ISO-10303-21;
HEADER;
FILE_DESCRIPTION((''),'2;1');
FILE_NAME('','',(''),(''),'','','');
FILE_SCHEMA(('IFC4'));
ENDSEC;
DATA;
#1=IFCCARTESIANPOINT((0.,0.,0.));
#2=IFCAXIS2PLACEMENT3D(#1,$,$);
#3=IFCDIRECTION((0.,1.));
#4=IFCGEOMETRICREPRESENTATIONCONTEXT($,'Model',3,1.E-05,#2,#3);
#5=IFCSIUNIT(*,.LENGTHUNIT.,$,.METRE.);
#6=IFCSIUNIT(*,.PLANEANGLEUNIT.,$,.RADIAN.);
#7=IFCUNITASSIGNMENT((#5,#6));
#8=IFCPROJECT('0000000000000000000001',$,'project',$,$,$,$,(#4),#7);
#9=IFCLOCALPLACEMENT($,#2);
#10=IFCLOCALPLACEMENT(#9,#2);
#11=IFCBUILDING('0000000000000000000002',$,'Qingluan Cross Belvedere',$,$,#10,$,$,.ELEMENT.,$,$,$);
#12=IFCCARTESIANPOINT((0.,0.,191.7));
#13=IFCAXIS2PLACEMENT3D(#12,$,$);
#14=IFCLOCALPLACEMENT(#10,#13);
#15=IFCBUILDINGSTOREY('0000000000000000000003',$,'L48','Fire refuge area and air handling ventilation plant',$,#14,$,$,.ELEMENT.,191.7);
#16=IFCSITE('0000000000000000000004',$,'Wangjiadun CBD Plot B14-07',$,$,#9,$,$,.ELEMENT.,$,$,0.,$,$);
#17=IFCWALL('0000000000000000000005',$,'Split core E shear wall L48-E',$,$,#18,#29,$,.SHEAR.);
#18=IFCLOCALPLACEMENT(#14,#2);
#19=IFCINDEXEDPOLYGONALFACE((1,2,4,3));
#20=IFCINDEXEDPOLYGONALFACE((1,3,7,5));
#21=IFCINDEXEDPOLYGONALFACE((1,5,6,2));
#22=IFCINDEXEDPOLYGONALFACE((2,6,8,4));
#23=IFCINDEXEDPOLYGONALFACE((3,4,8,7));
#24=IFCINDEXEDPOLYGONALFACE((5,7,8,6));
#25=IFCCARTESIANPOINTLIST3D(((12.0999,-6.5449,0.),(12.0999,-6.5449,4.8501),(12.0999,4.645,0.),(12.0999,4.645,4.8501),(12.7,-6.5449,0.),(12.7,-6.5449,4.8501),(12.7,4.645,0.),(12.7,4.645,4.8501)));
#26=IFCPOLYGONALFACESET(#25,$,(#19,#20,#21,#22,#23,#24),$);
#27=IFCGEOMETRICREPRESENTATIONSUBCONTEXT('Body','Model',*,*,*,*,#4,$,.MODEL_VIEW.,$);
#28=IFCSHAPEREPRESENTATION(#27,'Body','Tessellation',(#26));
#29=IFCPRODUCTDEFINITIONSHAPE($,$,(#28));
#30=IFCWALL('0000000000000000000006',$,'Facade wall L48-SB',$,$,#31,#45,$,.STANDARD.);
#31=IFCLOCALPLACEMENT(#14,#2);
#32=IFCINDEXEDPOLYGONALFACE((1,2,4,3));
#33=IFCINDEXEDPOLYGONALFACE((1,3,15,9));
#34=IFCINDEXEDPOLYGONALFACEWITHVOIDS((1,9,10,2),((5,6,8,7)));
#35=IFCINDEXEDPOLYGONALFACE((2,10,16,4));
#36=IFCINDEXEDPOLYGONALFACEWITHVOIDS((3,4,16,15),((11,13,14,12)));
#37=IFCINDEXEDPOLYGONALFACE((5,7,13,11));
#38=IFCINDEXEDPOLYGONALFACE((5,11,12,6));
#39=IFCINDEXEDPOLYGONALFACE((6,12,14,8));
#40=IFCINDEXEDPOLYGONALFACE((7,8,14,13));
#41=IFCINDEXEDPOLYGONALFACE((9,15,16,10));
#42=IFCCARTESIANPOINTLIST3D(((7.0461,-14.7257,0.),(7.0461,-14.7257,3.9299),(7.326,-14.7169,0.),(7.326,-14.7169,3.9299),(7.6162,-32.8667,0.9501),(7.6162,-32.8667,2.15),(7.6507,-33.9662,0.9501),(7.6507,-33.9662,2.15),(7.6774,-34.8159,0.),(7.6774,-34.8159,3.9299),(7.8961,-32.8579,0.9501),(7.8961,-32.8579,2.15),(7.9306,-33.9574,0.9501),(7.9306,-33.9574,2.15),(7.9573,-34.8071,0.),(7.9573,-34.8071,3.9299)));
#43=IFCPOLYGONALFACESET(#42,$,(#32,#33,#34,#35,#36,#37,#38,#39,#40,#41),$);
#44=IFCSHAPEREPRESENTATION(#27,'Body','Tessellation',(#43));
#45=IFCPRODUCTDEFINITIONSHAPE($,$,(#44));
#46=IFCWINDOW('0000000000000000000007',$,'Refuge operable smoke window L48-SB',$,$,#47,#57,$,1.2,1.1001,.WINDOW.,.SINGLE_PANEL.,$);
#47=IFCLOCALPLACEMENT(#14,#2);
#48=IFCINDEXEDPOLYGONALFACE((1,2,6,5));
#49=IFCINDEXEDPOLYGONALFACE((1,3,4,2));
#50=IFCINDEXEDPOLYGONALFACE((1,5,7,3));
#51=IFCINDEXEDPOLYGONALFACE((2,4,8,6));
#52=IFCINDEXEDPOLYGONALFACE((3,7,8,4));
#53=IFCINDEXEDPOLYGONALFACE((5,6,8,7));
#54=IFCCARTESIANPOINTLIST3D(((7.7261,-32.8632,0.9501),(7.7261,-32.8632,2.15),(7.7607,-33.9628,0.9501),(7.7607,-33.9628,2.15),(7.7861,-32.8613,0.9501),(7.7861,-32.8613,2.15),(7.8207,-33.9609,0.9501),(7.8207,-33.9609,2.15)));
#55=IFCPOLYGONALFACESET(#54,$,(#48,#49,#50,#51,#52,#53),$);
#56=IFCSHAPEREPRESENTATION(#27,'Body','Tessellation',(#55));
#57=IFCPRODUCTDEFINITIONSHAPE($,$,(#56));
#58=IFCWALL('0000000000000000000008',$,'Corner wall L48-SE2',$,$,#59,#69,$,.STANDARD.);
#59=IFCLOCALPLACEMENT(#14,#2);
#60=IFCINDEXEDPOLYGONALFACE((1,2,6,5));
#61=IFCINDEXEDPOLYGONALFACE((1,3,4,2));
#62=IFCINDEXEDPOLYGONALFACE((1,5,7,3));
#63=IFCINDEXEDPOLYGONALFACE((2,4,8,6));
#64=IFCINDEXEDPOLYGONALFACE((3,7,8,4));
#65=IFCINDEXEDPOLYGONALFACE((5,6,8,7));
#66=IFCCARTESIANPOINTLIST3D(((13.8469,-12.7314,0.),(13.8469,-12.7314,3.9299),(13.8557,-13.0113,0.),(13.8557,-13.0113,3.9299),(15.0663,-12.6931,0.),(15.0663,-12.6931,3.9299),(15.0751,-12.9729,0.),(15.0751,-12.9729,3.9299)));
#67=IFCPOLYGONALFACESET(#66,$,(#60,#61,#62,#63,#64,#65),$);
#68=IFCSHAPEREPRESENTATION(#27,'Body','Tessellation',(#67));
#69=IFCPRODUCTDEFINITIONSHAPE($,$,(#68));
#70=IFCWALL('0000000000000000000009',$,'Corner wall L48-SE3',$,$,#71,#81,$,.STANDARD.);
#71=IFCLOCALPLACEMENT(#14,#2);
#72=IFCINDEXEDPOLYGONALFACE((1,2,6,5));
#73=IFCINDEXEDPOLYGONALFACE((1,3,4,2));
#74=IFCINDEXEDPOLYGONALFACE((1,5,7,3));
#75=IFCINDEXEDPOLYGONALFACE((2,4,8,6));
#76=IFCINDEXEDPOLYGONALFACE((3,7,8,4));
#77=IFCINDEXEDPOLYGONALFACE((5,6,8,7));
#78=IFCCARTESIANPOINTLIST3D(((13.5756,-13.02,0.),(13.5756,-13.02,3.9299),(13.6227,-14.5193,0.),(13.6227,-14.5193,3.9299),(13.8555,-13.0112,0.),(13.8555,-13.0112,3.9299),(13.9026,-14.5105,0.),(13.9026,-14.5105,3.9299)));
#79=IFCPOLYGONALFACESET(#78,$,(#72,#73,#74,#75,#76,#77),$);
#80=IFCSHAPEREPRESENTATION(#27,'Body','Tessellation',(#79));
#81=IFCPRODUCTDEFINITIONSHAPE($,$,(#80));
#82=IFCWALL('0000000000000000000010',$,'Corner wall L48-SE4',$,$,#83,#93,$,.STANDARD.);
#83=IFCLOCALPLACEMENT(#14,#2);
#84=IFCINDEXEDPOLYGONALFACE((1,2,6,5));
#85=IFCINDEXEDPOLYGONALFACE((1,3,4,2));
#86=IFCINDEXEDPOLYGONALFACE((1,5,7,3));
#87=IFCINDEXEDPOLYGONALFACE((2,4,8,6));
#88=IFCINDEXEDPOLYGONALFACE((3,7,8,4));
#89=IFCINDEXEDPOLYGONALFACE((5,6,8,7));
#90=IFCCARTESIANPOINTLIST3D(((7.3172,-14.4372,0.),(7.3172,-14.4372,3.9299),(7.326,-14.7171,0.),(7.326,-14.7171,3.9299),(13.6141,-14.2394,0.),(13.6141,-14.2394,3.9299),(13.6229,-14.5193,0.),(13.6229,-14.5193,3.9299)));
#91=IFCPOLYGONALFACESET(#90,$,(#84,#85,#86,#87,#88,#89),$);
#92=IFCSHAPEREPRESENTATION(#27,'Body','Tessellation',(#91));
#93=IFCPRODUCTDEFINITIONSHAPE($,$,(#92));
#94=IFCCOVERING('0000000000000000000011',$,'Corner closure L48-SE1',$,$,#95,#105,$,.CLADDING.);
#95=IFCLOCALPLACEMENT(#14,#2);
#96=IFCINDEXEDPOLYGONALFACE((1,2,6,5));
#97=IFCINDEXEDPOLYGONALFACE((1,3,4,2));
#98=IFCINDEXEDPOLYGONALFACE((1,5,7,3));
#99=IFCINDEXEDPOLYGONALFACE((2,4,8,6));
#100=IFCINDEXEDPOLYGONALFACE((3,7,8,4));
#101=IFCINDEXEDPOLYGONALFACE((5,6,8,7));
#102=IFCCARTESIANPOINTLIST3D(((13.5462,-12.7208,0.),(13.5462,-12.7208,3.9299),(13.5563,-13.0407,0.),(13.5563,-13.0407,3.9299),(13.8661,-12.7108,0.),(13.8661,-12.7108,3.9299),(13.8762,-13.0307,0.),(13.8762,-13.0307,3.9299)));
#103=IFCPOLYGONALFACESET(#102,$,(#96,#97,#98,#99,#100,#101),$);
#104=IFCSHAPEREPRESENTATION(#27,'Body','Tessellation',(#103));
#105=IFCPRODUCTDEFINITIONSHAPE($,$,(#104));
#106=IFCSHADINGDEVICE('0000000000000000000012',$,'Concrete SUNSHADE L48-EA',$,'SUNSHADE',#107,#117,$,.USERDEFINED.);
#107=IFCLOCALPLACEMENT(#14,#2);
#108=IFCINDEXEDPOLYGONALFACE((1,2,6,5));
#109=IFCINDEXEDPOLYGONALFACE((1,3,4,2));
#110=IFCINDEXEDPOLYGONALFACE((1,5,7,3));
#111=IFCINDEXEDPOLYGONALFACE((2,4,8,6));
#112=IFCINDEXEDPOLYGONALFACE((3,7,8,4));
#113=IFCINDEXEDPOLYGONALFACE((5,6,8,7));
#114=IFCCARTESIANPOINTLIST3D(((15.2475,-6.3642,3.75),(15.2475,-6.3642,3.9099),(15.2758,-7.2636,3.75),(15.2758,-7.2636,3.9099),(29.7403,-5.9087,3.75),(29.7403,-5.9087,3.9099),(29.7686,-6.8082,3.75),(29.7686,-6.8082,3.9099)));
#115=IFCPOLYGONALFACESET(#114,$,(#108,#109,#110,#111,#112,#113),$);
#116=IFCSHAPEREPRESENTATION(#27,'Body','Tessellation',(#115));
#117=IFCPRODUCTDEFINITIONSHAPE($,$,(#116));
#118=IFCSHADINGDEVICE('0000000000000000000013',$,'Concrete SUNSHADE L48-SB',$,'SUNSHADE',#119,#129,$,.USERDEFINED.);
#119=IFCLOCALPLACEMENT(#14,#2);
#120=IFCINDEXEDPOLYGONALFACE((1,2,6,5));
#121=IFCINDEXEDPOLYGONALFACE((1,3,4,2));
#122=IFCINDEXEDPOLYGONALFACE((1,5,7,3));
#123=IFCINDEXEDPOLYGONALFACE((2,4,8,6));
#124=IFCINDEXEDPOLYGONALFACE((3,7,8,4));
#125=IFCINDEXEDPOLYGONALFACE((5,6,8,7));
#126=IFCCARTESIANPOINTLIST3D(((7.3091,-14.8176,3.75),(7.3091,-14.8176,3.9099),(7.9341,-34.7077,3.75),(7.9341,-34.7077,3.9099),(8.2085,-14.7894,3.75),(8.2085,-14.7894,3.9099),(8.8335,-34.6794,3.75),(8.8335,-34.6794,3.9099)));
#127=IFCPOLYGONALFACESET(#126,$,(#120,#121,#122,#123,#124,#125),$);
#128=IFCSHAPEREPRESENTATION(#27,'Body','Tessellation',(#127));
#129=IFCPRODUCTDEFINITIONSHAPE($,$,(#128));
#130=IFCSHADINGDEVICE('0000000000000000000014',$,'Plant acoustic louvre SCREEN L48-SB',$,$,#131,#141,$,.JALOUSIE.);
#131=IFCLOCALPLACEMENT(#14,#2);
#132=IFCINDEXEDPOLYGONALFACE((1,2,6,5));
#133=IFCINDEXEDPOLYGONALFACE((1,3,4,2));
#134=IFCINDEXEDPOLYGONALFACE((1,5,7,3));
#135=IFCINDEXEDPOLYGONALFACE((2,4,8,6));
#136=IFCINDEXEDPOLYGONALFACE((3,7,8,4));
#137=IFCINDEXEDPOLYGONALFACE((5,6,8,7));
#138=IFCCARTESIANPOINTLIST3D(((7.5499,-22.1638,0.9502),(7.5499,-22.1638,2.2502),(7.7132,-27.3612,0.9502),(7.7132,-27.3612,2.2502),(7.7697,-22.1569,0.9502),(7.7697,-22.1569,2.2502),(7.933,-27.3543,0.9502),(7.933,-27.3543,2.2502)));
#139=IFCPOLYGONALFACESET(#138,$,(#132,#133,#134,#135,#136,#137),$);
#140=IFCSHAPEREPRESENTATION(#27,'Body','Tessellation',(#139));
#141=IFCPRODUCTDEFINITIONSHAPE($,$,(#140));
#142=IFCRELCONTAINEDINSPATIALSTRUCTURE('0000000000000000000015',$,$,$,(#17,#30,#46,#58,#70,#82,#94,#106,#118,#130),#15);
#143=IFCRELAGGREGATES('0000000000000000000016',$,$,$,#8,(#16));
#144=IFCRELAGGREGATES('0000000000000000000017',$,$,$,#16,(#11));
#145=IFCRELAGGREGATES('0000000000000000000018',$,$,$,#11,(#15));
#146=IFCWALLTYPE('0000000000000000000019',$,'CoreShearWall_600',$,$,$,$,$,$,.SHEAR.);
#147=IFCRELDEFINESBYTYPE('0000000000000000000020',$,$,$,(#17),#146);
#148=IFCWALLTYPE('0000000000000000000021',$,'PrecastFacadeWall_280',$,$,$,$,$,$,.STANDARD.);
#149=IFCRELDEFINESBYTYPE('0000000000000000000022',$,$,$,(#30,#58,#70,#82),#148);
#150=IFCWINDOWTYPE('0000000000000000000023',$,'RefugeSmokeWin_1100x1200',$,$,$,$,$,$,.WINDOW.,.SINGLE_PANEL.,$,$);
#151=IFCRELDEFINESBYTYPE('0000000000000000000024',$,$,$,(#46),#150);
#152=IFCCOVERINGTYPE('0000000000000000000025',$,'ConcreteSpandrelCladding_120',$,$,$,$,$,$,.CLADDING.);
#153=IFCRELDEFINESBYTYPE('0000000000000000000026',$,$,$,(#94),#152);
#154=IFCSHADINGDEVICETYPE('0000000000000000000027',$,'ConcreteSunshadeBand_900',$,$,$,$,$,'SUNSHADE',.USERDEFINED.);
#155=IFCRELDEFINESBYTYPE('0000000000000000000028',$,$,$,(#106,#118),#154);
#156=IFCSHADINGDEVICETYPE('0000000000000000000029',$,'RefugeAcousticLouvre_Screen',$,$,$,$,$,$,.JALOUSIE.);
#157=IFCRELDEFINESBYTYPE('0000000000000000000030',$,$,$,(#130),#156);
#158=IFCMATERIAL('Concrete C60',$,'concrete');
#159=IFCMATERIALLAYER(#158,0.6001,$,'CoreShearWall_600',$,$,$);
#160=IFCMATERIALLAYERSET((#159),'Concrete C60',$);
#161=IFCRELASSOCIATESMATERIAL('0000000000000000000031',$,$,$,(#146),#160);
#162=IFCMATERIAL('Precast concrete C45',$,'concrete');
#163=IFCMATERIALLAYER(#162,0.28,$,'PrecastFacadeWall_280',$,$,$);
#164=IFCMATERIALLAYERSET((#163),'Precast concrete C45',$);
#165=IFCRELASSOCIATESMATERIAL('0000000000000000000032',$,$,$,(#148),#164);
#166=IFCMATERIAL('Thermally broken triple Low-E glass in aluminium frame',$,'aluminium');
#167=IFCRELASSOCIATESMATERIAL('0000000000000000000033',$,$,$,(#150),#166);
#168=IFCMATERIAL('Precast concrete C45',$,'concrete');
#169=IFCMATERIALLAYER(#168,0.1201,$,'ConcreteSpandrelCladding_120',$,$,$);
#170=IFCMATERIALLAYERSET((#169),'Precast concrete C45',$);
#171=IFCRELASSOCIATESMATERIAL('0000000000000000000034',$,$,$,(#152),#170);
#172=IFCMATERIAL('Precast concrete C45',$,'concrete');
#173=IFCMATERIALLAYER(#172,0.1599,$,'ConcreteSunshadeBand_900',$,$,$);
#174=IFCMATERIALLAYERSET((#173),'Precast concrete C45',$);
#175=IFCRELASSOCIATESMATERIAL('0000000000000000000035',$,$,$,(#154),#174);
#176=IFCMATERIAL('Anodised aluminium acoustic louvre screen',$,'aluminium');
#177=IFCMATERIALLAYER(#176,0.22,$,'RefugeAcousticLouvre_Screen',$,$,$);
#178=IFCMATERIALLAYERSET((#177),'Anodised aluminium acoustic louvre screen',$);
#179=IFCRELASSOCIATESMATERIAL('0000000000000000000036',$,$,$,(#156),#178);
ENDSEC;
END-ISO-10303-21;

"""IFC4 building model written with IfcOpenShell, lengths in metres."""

from ifc_helpers import new_model, si_unit, direction, frame, frame_2d, origin, origin_2d, place, context, subcontext, project, spatial, rectangle, extrude, material, layer, layer_set, type_object, element, fill, save


model = new_model("IFC4")

# Units and contexts
model_context = context("Model", 3, precision=1e-05, world=origin(), true_north=direction((0.0, 1.0)))
body_context = subcontext(model_context, "Body", "Model", "MODEL_VIEW")
ifc_project = project(units=[si_unit("LENGTHUNIT", "METRE"), si_unit("PLANEANGLEUNIT", "RADIAN")], contexts=[model_context])

# Site, building, storey
site_placement = place(None, origin())
site = spatial("IfcSite", under=ifc_project, at=site_placement, Name="Wangjiadun CBD Plot B14-07", CompositionType="ELEMENT", RefElevation=0.0)
building_placement = place(site_placement, origin())
building = spatial("IfcBuilding", under=site, at=building_placement, Name="Qingluan Cross Belvedere", CompositionType="ELEMENT")
storey_placement = place(building_placement, frame((0.0, 0.0, 191.7)))
storey = spatial("IfcBuildingStorey", under=building, at=storey_placement, Name="L48", Description="Fire refuge area and air handling ventilation plant", CompositionType="ELEMENT", Elevation=191.7)

# Wall
ifc_material_1 = material(Name="Concrete C60", Category="concrete")
ifc_layer_1 = layer(ifc_material_1, 0.6001, Name="CoreShearWall_600")
ifc_layer_set_1 = layer_set([ifc_layer_1], Name="Concrete C60")
wall_type_1 = type_object("IfcWallType", Name="CoreShearWall_600", PredefinedType="SHEAR", material=ifc_layer_set_1)
wall_1_placement = place(storey_placement, frame((12.3999, -6.5449, 0.0), z_axis=(0.0, 0.0, 1.0), x_axis=(0.0, 1.0, 0.0)))
element("IfcWall", 1, at=wall_1_placement, inside=storey, type_object=wall_type_1, Name="Split core E shear wall L48-E", PredefinedType="SHEAR", context=body_context, shape_type="SweptSolid", body=[
    extrude(rectangle(XDim=11.1899, YDim=0.6001, at=frame_2d((5.595, 0.0))), origin(), (0.0, 0.0, 1.0), 4.8501),
])

# Wall, opening, window
ifc_material_2 = material(Name="Precast concrete C45", Category="concrete")
ifc_layer_2 = layer(ifc_material_2, 0.28, Name="PrecastFacadeWall_280")
ifc_layer_set_2 = layer_set([ifc_layer_2], Name="Precast concrete C45")
wall_type_2 = type_object("IfcWallType", Name="PrecastFacadeWall_280", PredefinedType="STANDARD", material=ifc_layer_set_2)
wall_2_placement = place(storey_placement, frame((7.8174, -34.8115, 0.0), z_axis=(0.0, 0.0, 1.0), x_axis=(-0.03141, 0.999507, 0.0)))
wall_2 = element("IfcWall", 2, at=wall_2_placement, inside=storey, type_object=wall_type_2, Name="Facade wall L48-SB", PredefinedType="STANDARD", context=body_context, shape_type="SweptSolid", body=[
    extrude(rectangle(XDim=20.1001, YDim=0.28, at=frame_2d((10.05, 0.0))), origin(), (0.0, 0.0, 1.0), 3.9299),
])
opening_placement = place(wall_2_placement, frame((0.8501, 0.0, 0.95)))
opening = element("IfcOpeningElement", 3, at=opening_placement, cuts=wall_2, PredefinedType="OPENING", context=body_context, shape_type="SweptSolid", body=[
    extrude(rectangle(XDim=1.1001, YDim=1.2, at=frame_2d((0.55, 0.6001))), frame((0.0, 0.1499, 0.0), z_axis=(0.0, -1.0, 0.0), x_axis=(1.0, 0.0, 0.0)), (0.0, 0.0, 1.0), 0.3),
])
ifc_material_3 = material(Name="Thermally broken triple Low-E glass in aluminium frame", Category="aluminium")
window_type = type_object("IfcWindowType", Name="RefugeSmokeWin_1100x1200", PartitioningType="SINGLE_PANEL", PredefinedType="WINDOW", material=ifc_material_3)
window_placement = place(opening_placement, origin())
window = element("IfcWindow", 4, at=window_placement, inside=storey, type_object=window_type, Name="Refuge operable smoke window L48-SB", OverallHeight=1.2, OverallWidth=1.1001, PartitioningType="SINGLE_PANEL", PredefinedType="WINDOW", context=body_context, shape_type="SweptSolid", body=[
    extrude(rectangle(XDim=1.1001, YDim=1.2, at=frame_2d((0.55, 0.6001))), frame((0.0, 0.03, 0.0), z_axis=(0.0, -1.0, 0.0), x_axis=(1.0, 0.0, 0.0)), (0.0, 0.0, 1.0), 0.0601),
])
fill(opening, window)

# Walls
wall_3_placement = place(storey_placement, frame((15.0706, -12.833, 0.0), z_axis=(0.0, 0.0, 1.0), x_axis=(-0.999506, -0.031416, 0.0)))
element("IfcWall", 5, at=wall_3_placement, inside=storey, type_object=wall_type_2, Name="Corner wall L48-SE2", PredefinedType="STANDARD", context=body_context, shape_type="SweptSolid", body=[
    extrude(rectangle(XDim=1.22, YDim=0.28, at=frame_2d((0.6099, 0.0))), origin(), (0.0, 0.0, 1.0), 3.9299),
])
wall_4_placement = place(storey_placement, frame((13.7156, -13.0156, 0.0), z_axis=(0.0, 0.0, 1.0), x_axis=(0.031413, -0.999507, 0.0)))
element("IfcWall", 6, at=wall_4_placement, inside=storey, type_object=wall_type_2, Name="Corner wall L48-SE3", PredefinedType="STANDARD", context=body_context, shape_type="SweptSolid", body=[
    extrude(rectangle(XDim=1.5, YDim=0.28, at=frame_2d((0.75, 0.0))), origin(), (0.0, 0.0, 1.0), 3.9299),
])
wall_5_placement = place(storey_placement, frame((13.6184, -14.3794, 0.0), z_axis=(0.0, 0.0, 1.0), x_axis=(-0.999507, -0.03139, 0.0)))
element("IfcWall", 7, at=wall_5_placement, inside=storey, type_object=wall_type_2, Name="Corner wall L48-SE4", PredefinedType="STANDARD", context=body_context, shape_type="SweptSolid", body=[
    extrude(rectangle(XDim=6.3, YDim=0.28, at=frame_2d((3.1499, 0.0))), origin(), (0.0, 0.0, 1.0), 3.9299),
])

# Covering
ifc_material_4 = material(Name="Precast concrete C45", Category="concrete")
ifc_layer_3 = layer(ifc_material_4, 0.1201, Name="ConcreteSpandrelCladding_120")
ifc_layer_set_3 = layer_set([ifc_layer_3], Name="Precast concrete C45")
covering_type = type_object("IfcCoveringType", Name="ConcreteSpandrelCladding_120", PredefinedType="CLADDING", material=ifc_layer_set_3)
covering_placement = place(storey_placement, frame((13.7112, -12.8757, 0.0), z_axis=(0.0, 0.0, 1.0), x_axis=(0.999507, 0.031411, 0.0)))
element("IfcCovering", 8, at=covering_placement, inside=storey, type_object=covering_type, Name="Corner closure L48-SE1", PredefinedType="CLADDING", context=body_context, shape_type="SweptSolid", body=[
    extrude(rectangle(XDim=0.3201, YDim=0.3201, at=origin_2d()), origin(), (0.0, 0.0, 1.0), 3.9299),
])

# Shading devices
ifc_material_5 = material(Name="Precast concrete C45", Category="concrete")
ifc_layer_4 = layer(ifc_material_5, 0.1599, Name="ConcreteSunshadeBand_900")
ifc_layer_set_4 = layer_set([ifc_layer_4], Name="Precast concrete C45")
shading_device_type_1 = type_object("IfcShadingDeviceType", Name="ConcreteSunshadeBand_900", ElementType="SUNSHADE", PredefinedType="USERDEFINED", material=ifc_layer_set_4)
shading_device_1_placement = place(storey_placement, frame((22.5081, -6.5862, 3.75), z_axis=(0.0, 0.0, 1.0), x_axis=(0.999507, 0.031408, 0.0)))
element("IfcShadingDevice", 9, at=shading_device_1_placement, inside=storey, type_object=shading_device_type_1, Name="Concrete SUNSHADE L48-EA", ObjectType="SUNSHADE", PredefinedType="USERDEFINED", context=body_context, shape_type="SweptSolid", body=[
    extrude(rectangle(XDim=14.5, YDim=0.8999, at=origin_2d()), origin(), (0.0, 0.0, 1.0), 0.1599),
])
shading_device_2_placement = place(storey_placement, frame((8.0713, -24.7485, 3.75), z_axis=(0.0, 0.0, 1.0), x_axis=(-0.031408, 0.999507, 0.0)))
element("IfcShadingDevice", 10, at=shading_device_2_placement, inside=storey, type_object=shading_device_type_1, Name="Concrete SUNSHADE L48-SB", ObjectType="SUNSHADE", PredefinedType="USERDEFINED", context=body_context, shape_type="SweptSolid", body=[
    extrude(rectangle(XDim=19.8999, YDim=0.8999, at=origin_2d()), origin(), (0.0, 0.0, 1.0), 0.1599),
])
ifc_material_6 = material(Name="Anodised aluminium acoustic louvre screen", Category="aluminium")
ifc_layer_5 = layer(ifc_material_6, 0.22, Name="RefugeAcousticLouvre_Screen")
ifc_layer_set_5 = layer_set([ifc_layer_5], Name="Anodised aluminium acoustic louvre screen")
shading_device_type_2 = type_object("IfcShadingDeviceType", Name="RefugeAcousticLouvre_Screen", PredefinedType="JALOUSIE", material=ifc_layer_set_5)
shading_device_3_placement = place(storey_placement, frame((7.7415, -24.759, 0.9502), z_axis=(0.0, 0.0, 1.0), x_axis=(-0.031408, 0.999507, 0.0)))
element("IfcShadingDevice", 11, at=shading_device_3_placement, inside=storey, type_object=shading_device_type_2, Name="Plant acoustic louvre SCREEN L48-SB", PredefinedType="JALOUSIE", context=body_context, shape_type="SweptSolid", body=[
    extrude(rectangle(XDim=5.2, YDim=0.22, at=origin_2d()), origin(), (0.0, 0.0, 1.0), 1.3),
])

save(model, "model.ifc")
